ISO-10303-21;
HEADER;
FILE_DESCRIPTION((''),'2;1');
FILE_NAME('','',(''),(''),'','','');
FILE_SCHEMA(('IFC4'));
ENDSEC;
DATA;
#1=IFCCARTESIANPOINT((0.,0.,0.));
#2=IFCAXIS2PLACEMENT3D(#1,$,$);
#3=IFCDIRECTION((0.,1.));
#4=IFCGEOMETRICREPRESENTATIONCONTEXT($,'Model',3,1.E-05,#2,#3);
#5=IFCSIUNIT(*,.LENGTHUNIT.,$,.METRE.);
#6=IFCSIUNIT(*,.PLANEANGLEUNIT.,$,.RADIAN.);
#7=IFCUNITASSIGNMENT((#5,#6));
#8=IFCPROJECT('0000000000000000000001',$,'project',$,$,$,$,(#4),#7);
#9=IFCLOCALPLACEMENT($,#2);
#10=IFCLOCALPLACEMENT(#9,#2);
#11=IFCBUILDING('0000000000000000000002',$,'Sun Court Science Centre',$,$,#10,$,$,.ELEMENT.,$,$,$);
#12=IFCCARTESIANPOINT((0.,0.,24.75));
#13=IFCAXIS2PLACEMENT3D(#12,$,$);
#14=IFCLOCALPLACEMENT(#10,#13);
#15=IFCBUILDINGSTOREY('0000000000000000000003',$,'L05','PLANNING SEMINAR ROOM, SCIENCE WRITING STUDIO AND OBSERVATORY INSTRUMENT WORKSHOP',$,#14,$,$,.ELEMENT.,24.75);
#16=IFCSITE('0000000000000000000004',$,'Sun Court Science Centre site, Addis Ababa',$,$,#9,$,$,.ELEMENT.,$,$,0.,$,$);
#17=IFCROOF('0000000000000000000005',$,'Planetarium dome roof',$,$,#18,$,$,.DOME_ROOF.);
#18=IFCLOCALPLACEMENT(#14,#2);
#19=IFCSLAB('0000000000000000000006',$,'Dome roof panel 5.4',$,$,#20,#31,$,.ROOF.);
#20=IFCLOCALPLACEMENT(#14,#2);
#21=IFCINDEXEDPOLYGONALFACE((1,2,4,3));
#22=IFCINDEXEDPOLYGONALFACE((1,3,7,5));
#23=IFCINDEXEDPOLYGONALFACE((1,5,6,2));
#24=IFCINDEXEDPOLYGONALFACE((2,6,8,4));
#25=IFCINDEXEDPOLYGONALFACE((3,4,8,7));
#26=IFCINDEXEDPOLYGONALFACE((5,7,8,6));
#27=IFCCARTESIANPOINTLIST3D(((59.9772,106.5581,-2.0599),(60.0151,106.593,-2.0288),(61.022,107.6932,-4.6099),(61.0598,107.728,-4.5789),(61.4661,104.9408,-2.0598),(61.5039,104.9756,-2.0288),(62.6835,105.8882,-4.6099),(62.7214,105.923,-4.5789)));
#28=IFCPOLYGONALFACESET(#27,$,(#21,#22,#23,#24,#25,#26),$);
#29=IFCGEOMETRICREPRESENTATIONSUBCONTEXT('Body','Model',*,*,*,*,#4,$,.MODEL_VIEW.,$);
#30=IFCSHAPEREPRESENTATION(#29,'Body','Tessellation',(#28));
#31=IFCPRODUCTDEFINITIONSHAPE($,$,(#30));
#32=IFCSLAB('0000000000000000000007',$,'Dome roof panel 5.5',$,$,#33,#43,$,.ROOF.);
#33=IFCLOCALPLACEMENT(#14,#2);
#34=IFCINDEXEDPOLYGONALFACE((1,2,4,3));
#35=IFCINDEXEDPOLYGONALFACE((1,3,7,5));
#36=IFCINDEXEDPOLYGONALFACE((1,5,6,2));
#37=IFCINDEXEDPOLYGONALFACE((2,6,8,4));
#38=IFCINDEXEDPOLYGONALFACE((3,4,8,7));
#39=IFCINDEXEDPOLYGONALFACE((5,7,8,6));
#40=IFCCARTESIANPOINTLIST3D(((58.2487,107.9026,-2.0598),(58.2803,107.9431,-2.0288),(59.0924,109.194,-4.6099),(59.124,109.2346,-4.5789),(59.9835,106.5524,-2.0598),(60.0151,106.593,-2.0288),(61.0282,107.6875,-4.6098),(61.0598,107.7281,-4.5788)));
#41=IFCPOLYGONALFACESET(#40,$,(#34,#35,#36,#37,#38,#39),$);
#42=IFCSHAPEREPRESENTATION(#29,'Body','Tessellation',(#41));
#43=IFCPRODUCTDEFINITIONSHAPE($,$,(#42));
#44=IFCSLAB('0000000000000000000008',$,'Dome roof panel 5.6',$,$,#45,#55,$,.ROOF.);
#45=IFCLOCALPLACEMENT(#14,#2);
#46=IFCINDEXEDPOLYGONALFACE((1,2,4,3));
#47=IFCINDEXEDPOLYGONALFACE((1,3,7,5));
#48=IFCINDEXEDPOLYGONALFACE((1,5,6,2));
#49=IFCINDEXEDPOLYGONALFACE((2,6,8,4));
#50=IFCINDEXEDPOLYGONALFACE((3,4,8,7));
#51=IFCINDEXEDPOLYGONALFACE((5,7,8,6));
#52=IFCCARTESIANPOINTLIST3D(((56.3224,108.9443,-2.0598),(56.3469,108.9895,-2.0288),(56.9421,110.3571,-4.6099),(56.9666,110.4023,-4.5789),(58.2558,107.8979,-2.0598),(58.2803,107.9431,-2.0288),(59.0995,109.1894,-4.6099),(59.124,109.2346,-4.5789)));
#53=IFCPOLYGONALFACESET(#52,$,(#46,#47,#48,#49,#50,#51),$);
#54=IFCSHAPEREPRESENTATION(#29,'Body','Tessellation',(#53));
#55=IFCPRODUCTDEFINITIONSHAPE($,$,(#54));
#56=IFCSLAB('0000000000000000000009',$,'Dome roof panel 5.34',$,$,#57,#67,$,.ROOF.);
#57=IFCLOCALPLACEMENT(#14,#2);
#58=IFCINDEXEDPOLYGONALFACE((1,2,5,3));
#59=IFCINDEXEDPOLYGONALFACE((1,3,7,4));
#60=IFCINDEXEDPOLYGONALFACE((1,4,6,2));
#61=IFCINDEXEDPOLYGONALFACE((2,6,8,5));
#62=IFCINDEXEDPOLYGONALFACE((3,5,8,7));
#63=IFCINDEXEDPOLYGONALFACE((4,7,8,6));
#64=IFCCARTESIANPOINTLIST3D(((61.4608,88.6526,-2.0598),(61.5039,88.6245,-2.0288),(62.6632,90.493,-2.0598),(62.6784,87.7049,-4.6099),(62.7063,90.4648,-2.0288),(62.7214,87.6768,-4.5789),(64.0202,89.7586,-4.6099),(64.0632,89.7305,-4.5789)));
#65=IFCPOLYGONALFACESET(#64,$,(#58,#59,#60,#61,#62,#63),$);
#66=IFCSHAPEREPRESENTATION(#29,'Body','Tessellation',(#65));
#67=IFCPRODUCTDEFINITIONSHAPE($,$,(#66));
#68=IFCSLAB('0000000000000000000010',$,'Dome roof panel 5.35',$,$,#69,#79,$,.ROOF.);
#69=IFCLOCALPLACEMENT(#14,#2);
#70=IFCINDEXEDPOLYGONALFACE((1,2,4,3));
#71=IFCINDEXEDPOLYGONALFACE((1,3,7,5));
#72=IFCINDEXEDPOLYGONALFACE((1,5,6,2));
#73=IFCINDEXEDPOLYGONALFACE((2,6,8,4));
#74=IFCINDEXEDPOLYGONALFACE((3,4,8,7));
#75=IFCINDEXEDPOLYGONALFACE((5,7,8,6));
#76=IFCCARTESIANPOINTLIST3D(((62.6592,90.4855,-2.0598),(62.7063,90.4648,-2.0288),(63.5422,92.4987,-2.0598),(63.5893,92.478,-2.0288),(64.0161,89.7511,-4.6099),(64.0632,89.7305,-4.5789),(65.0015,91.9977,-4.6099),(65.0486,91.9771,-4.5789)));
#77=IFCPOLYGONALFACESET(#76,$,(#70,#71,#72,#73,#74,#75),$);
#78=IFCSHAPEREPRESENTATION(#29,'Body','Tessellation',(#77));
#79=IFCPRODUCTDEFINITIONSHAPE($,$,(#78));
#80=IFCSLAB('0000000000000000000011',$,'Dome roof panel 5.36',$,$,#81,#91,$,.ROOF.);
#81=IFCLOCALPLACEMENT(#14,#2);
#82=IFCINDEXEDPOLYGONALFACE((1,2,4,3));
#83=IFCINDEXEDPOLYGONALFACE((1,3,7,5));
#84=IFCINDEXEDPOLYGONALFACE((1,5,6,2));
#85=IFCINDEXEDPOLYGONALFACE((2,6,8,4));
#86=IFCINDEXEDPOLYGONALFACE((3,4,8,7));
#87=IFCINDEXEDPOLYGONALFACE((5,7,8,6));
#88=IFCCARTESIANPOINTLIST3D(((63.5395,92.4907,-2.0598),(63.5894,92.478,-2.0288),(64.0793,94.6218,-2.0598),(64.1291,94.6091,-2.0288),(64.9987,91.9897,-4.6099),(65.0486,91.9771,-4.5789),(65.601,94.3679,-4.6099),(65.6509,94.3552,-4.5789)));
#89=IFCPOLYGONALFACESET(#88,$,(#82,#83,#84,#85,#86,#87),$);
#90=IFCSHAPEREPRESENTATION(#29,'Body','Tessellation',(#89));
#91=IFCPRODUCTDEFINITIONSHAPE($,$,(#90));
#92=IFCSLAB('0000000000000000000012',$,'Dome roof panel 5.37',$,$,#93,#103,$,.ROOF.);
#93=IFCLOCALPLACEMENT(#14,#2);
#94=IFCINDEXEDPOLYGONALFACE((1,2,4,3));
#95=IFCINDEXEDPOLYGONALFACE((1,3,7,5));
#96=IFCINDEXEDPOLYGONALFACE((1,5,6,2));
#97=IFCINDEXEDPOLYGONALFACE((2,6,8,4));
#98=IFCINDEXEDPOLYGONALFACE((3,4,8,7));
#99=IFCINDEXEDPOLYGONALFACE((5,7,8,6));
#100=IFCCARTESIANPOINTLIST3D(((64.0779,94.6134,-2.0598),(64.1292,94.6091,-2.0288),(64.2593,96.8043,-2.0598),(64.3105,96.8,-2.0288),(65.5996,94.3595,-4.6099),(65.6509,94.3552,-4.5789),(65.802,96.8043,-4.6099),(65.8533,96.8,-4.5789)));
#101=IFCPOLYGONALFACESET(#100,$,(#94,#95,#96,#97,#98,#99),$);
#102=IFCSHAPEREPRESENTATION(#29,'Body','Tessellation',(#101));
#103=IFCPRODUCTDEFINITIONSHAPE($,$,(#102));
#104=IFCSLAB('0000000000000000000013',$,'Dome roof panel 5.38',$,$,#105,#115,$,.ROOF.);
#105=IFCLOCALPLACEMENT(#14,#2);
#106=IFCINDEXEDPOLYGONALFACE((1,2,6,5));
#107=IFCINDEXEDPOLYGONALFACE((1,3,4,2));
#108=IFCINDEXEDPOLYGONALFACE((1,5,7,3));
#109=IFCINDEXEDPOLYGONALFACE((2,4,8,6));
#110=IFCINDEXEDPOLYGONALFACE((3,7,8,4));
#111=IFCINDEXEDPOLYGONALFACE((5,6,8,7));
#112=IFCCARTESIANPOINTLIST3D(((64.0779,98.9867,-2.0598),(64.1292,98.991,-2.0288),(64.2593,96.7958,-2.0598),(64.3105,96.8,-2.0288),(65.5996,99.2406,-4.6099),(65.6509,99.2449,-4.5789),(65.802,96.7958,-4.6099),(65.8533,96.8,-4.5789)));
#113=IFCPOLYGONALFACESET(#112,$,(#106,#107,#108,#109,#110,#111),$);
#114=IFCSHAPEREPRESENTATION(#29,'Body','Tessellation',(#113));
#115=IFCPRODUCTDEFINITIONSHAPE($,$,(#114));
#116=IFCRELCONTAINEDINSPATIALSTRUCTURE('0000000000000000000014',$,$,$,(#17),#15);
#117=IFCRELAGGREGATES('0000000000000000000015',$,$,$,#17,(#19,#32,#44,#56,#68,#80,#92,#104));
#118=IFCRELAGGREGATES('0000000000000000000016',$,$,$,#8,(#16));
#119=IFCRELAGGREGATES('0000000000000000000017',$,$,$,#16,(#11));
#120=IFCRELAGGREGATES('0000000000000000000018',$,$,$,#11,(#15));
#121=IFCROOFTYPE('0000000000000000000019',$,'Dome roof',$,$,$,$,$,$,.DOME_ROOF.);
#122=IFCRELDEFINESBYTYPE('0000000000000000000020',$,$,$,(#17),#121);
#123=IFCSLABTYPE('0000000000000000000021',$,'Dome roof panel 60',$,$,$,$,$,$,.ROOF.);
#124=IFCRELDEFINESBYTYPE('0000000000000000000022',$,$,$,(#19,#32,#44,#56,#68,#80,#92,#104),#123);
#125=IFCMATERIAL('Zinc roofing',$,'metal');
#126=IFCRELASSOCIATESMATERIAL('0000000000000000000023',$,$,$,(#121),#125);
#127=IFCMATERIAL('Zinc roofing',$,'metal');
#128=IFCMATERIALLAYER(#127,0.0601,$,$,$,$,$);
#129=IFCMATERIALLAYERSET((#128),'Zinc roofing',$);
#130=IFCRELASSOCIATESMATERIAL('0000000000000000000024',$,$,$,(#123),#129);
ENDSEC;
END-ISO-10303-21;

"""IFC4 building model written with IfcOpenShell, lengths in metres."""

from ifc_helpers import new_model, si_unit, direction, frame, origin, place, context, subcontext, project, spatial, polyline, outline, extrude, material, layer, layer_set, type_object, element, aggregate, save


model = new_model("IFC4")

# Units and contexts
model_context = context("Model", 3, precision=1e-05, world=origin(), true_north=direction((0.0, 1.0)))
body_context = subcontext(model_context, "Body", "Model", "MODEL_VIEW")
ifc_project = project(units=[si_unit("LENGTHUNIT", "METRE"), si_unit("PLANEANGLEUNIT", "RADIAN")], contexts=[model_context])

# Site, building, storey
site_placement = place(None, origin())
site = spatial("IfcSite", under=ifc_project, at=site_placement, Name="Sun Court Science Centre site, Addis Ababa", CompositionType="ELEMENT", RefElevation=0.0)
building_placement = place(site_placement, origin())
building = spatial("IfcBuilding", under=site, at=building_placement, Name="Sun Court Science Centre", CompositionType="ELEMENT")
storey_placement = place(building_placement, frame((0.0, 0.0, 24.75)))
storey = spatial("IfcBuildingStorey", under=building, at=storey_placement, Name="L05", Description="PLANNING SEMINAR ROOM, SCIENCE WRITING STUDIO AND OBSERVATORY INSTRUMENT WORKSHOP", CompositionType="ELEMENT", Elevation=24.75)

# Roof, slabs
ifc_material_1 = material(Name="Zinc roofing", Category="metal")
roof_type = type_object("IfcRoofType", Name="Dome roof", PredefinedType="DOME_ROOF", material=ifc_material_1)
roof_placement = place(storey_placement, origin())
roof = element("IfcRoof", 1, at=roof_placement, inside=storey, type_object=roof_type, Name="Planetarium dome roof", PredefinedType="DOME_ROOF")
ifc_material_2 = material(Name="Zinc roofing", Category="metal")
ifc_layer = layer(ifc_material_2, 0.0601)
ifc_layer_set = layer_set([ifc_layer], Name="Zinc roofing")
slab_type = type_object("IfcSlabType", Name="Dome roof panel 60", PredefinedType="ROOF", material=ifc_layer_set)
slab_1_placement = place(storey_placement, frame((61.5039, 104.9756, -2.0288), z_axis=(0.630083, 0.580011, 0.516316), x_axis=(-0.67726, 0.735744, -0.000019)))
slab_1 = element("IfcSlab", 2, at=slab_1_placement, type_object=slab_type, Name="Dome roof panel 5.4", PredefinedType="ROOF", context=body_context, shape_type="SweptSolid", body=[
    extrude(outline(polyline([(0.0, 0.0), (2.1983, 0.0), (2.3259, -2.9776), (-0.1274, -2.9777), (0.0, 0.0)])), origin(), (0.0, 0.0, -1.0), 0.0601),
])
slab_2_placement = place(storey_placement, frame((60.0151, 106.593, -2.0288), z_axis=(0.525979, 0.675848, 0.516309), x_axis=(-0.789175, 0.614169, 0.00001)))
slab_2 = element("IfcSlab", 3, at=slab_2_placement, type_object=slab_type, Name="Dome roof panel 5.5", PredefinedType="ROOF", context=body_context, shape_type="SweptSolid", body=[
    extrude(outline(polyline([(0.0, 0.0), (2.1983, 0.0), (2.3256, -2.9777), (-0.1274, -2.9776), (0.0, 0.0)])), origin(), (0.0, 0.0, -1.0), 0.0601),
])
slab_3_placement = place(storey_placement, frame((58.2803, 107.9431, -2.0288), z_axis=(0.407636, 0.753154, 0.516326), x_axis=(-0.87945, 0.475991, 0.000003)))
slab_3 = element("IfcSlab", 4, at=slab_3_placement, type_object=slab_type, Name="Dome roof panel 5.6", PredefinedType="ROOF", context=body_context, shape_type="SweptSolid", body=[
    extrude(outline(polyline([(0.0, 0.0), (2.1984, 0.0), (2.3259, -2.9777), (-0.1273, -2.9777), (0.0, 0.0)])), origin(), (0.0, 0.0, -1.0), 0.0601),
])
slab_4_placement = place(storey_placement, frame((61.5039, 88.6245, -2.0288), z_axis=(0.716911, -0.468397, 0.516375), x_axis=(0.546961, 0.837158, -0.000001)))
slab_4 = element("IfcSlab", 5, at=slab_4_placement, type_object=slab_type, Name="Dome roof panel 5.34", PredefinedType="ROOF", context=body_context, shape_type="SweptSolid", body=[
    extrude(outline(polyline([(0.0, 0.0), (2.1983, 0.0), (2.3257, -2.9778), (-0.1275, -2.9778), (0.0, 0.0)])), origin(), (0.0, 0.0, -1.0), 0.0601),
])
slab_5_placement = place(storey_placement, frame((62.7063, 90.4648, -2.0288), z_axis=(0.784247, -0.343984, 0.516364), x_axis=(0.401682, 0.915779, -0.000007)))
slab_5 = element("IfcSlab", 6, at=slab_5_placement, type_object=slab_type, Name="Dome roof panel 5.35", PredefinedType="ROOF", context=body_context, shape_type="SweptSolid", body=[
    extrude(outline(polyline([(0.0, 0.0), (2.1983, 0.0), (2.3257, -2.9777), (-0.1275, -2.9778), (0.0, 0.0)])), origin(), (0.0, 0.0, -1.0), 0.0601),
])
slab_6_placement = place(storey_placement, frame((63.5894, 92.478, -2.0288), z_axis=(0.830167, -0.210261, 0.516346), x_axis=(0.245527, 0.96939, -0.000007)))
slab_6 = element("IfcSlab", 7, at=slab_6_placement, type_object=slab_type, Name="Dome roof panel 5.36", PredefinedType="ROOF", context=body_context, shape_type="SweptSolid", body=[
    extrude(outline(polyline([(0.0, 0.0), (2.1984, 0.0), (2.3259, -2.9777), (-0.1273, -2.9777), (0.0, 0.0)])), origin(), (0.0, 0.0, -1.0), 0.0601),
])
slab_7_placement = place(storey_placement, frame((64.1292, 94.6091, -2.0288), z_axis=(0.853468, -0.070658, 0.516334), x_axis=(0.082508, 0.99659, -0.000002)))
slab_7 = element("IfcSlab", 8, at=slab_7_placement, type_object=slab_type, Name="Dome roof panel 5.37", PredefinedType="ROOF", context=body_context, shape_type="SweptSolid", body=[
    extrude(outline(polyline([(0.0, 0.0), (2.1984, 0.0), (2.3257, -2.9777), (-0.1275, -2.9777), (0.0, 0.0)])), origin(), (0.0, 0.0, -1.0), 0.0601),
])
slab_8_placement = place(storey_placement, frame((64.3105, 96.8, -2.0288), z_axis=(0.853468, 0.070658, 0.516334), x_axis=(-0.082508, 0.99659, 0.000002)))
slab_8 = element("IfcSlab", 9, at=slab_8_placement, type_object=slab_type, Name="Dome roof panel 5.38", PredefinedType="ROOF", context=body_context, shape_type="SweptSolid", body=[
    extrude(outline(polyline([(0.0, 0.0), (2.1984, 0.0), (2.3259, -2.9777), (-0.1273, -2.9777), (0.0, 0.0)])), origin(), (0.0, 0.0, -1.0), 0.0601),
])
aggregate(roof, [slab_1, slab_2, slab_3, slab_4, slab_5, slab_6, slab_7, slab_8])

save(model, "model.ifc")
